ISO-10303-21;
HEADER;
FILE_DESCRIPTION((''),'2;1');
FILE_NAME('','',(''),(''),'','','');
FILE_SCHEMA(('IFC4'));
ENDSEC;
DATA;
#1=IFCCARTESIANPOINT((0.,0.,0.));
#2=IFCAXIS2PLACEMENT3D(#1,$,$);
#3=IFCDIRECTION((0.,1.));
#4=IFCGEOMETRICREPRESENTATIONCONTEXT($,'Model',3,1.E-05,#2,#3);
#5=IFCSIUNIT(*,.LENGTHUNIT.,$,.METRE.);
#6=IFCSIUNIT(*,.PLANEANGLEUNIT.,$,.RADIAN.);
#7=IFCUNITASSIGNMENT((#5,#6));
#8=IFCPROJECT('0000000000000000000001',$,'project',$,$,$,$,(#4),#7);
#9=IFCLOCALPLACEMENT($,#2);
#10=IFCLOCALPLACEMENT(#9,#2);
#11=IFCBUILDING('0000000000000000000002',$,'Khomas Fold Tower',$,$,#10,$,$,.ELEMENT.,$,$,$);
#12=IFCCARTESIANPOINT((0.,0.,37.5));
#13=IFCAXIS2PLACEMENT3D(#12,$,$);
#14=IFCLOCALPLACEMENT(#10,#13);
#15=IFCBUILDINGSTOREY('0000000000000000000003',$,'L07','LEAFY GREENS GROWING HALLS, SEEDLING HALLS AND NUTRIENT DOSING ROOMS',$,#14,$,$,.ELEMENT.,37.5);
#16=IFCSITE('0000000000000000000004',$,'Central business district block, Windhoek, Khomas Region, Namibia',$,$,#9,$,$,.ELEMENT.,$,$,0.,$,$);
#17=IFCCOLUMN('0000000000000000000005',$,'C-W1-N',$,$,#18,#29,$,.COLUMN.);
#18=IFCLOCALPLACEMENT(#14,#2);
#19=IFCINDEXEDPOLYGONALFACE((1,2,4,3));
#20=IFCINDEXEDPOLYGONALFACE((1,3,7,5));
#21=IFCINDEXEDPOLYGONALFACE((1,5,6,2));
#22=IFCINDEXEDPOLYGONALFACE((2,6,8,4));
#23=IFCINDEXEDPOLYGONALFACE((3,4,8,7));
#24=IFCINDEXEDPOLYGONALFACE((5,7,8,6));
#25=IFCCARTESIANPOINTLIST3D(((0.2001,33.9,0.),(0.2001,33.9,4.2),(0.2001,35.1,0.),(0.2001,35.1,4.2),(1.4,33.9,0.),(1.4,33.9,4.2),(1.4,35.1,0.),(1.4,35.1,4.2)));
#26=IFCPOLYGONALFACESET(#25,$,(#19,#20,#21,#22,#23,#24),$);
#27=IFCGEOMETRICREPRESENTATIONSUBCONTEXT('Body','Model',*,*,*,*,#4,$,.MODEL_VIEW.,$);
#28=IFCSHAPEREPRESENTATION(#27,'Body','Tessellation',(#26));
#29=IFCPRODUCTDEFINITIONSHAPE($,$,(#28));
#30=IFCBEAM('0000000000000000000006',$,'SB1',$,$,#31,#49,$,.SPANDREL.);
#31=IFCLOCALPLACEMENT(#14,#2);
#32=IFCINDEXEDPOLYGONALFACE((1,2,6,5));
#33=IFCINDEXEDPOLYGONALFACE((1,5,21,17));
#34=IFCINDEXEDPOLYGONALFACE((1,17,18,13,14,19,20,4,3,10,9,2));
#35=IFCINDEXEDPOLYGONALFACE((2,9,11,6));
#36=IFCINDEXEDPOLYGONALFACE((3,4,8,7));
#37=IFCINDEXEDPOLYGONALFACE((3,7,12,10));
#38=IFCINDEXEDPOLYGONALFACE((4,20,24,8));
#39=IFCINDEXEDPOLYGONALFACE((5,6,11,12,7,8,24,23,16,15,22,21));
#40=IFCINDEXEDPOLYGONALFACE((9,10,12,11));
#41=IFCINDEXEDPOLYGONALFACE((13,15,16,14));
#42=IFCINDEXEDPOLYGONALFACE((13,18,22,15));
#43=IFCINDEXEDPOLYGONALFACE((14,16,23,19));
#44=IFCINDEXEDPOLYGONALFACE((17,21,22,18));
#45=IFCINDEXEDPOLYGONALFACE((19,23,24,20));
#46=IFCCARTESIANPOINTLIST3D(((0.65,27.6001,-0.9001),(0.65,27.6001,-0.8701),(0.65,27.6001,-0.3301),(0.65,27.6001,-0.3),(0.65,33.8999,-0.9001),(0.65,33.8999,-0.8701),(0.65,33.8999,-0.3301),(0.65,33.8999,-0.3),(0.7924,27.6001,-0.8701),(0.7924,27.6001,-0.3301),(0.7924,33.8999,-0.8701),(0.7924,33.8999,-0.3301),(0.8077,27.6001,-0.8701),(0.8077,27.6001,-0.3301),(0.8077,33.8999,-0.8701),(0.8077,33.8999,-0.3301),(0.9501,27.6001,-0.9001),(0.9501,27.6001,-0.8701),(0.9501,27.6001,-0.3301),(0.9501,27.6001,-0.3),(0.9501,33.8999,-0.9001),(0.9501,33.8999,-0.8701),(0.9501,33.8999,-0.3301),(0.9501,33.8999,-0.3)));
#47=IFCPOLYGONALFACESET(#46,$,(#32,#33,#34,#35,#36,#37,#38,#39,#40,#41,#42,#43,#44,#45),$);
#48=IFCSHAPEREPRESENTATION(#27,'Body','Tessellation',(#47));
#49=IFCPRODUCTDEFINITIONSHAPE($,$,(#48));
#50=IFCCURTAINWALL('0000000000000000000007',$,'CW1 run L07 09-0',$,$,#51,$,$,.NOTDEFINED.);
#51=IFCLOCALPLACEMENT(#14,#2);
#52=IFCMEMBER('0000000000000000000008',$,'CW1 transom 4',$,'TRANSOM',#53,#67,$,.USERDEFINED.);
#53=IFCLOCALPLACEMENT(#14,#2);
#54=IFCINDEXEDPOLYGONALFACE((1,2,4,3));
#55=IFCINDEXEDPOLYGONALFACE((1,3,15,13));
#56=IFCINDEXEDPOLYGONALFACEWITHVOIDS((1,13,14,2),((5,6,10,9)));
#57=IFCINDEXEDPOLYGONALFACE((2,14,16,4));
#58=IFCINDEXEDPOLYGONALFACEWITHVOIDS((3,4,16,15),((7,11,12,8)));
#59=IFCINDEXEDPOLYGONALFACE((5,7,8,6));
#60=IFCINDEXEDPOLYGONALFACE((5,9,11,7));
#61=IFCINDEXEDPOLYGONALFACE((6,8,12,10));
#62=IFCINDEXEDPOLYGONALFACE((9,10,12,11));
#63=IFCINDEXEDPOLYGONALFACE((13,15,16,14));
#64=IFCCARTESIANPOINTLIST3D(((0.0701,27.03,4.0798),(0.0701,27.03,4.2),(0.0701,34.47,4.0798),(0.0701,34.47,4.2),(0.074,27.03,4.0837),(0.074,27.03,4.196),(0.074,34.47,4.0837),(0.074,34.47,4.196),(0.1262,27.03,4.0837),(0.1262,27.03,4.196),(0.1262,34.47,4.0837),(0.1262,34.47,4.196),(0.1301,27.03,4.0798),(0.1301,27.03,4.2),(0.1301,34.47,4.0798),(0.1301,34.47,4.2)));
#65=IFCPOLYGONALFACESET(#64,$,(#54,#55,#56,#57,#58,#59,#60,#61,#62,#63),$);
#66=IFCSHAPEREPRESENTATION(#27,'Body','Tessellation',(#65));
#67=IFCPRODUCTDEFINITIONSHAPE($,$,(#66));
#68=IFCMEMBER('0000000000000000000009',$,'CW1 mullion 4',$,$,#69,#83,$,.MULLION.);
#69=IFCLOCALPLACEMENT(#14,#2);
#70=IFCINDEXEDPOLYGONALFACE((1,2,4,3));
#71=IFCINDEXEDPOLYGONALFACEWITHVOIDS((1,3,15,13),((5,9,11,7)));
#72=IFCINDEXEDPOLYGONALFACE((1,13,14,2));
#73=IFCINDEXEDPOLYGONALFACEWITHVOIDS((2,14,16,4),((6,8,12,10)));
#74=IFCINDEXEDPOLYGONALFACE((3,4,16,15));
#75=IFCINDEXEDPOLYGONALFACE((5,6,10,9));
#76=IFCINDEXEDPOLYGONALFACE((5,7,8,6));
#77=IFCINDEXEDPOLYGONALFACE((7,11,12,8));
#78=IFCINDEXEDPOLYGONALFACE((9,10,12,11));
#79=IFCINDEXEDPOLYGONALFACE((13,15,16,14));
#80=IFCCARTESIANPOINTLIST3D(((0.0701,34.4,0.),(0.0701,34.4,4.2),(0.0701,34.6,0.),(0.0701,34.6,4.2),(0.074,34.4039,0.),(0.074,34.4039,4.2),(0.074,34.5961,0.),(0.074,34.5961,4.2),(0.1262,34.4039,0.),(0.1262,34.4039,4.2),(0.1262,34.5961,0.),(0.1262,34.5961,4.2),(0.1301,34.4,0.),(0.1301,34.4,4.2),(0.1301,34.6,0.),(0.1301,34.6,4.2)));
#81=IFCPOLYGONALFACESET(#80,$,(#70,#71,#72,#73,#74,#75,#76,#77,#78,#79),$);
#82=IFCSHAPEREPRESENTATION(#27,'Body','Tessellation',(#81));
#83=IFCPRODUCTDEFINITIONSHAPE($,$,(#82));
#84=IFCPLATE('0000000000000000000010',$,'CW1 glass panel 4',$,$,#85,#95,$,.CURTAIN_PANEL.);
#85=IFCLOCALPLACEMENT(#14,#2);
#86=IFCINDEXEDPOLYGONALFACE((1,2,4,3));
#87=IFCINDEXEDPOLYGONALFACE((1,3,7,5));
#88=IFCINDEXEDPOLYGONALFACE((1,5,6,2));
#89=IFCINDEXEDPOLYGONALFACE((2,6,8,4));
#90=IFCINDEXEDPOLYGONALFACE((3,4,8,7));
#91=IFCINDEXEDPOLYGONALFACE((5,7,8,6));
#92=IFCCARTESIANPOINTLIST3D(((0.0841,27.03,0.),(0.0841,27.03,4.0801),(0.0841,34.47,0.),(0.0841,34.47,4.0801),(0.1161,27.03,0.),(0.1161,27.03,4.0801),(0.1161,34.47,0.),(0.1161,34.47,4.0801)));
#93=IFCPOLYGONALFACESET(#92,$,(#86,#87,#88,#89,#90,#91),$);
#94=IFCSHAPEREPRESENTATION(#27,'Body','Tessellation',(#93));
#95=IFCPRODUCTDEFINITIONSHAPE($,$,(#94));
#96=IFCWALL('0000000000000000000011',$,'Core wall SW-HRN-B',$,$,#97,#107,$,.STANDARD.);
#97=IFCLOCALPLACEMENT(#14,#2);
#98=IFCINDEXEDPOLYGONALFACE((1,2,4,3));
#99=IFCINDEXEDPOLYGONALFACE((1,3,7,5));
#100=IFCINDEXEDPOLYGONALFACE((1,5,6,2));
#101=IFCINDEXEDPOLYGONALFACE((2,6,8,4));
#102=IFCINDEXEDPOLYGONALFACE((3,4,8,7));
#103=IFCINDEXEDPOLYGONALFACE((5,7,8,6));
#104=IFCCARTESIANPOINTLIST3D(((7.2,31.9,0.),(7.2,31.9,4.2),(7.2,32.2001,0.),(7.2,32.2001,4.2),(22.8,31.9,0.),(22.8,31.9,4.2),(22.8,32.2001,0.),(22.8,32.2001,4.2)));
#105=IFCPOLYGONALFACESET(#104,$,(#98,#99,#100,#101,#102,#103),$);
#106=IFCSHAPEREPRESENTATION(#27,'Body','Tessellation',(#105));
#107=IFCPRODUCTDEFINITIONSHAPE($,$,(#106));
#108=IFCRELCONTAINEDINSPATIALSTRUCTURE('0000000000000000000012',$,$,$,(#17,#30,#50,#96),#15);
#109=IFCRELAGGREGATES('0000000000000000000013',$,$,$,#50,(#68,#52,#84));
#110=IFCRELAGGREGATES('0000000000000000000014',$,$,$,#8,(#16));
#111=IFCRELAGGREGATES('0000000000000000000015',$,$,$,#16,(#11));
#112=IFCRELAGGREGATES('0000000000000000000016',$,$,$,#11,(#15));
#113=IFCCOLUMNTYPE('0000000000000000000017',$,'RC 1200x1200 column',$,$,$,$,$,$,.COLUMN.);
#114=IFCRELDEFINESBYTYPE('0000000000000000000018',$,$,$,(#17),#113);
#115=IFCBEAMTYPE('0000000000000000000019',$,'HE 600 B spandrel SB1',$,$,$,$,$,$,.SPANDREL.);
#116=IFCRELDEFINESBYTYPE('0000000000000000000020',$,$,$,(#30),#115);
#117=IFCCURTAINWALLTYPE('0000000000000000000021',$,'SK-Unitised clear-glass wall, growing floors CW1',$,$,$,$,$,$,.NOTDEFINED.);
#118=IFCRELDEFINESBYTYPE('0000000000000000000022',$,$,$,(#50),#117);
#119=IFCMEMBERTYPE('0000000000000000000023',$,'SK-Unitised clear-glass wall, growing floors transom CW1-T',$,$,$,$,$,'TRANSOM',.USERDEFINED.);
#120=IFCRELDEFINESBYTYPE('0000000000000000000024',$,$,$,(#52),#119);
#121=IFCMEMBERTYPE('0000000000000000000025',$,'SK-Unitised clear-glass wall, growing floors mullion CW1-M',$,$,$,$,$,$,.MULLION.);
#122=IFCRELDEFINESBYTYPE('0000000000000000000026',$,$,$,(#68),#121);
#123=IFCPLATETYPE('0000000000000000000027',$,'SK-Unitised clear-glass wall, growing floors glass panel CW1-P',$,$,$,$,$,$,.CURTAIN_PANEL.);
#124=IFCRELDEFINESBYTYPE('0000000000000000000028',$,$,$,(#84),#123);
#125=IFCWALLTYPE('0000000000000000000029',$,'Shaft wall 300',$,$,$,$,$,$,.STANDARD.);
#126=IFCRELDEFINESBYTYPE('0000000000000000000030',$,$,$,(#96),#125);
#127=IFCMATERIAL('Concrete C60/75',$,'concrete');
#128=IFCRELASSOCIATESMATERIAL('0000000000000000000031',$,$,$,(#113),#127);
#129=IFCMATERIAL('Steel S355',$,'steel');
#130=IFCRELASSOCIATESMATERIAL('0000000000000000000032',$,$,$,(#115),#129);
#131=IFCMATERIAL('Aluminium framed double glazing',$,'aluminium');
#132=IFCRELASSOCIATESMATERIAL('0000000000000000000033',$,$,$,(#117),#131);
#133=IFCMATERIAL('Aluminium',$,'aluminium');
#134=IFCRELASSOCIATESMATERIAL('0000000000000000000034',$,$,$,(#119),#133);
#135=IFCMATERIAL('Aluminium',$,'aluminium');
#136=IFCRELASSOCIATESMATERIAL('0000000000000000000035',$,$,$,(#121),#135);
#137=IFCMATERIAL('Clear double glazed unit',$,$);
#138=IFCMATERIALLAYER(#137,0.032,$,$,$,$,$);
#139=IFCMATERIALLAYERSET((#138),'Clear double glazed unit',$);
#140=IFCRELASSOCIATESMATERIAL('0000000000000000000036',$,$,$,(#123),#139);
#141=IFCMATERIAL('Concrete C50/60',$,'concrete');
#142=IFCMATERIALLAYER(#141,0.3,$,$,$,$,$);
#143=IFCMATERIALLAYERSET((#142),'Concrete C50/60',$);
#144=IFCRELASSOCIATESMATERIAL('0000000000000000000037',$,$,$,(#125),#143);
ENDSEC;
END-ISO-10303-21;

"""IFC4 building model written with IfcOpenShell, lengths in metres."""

from ifc_helpers import new_model, si_unit, direction, frame, frame_2d, origin, origin_2d, place, context, subcontext, project, spatial, rectangle, hollow_rectangle, i_section, extrude, source, transform, mapped, material, layer, layer_set, material_profile, profile_set, type_object, element, aggregate, save


model = new_model("IFC4")

# Units and contexts
model_context = context("Model", 3, precision=1e-05, world=origin(), true_north=direction((0.0, 1.0)))
body_context = subcontext(model_context, "Body", "Model", "MODEL_VIEW")
ifc_project = project(units=[si_unit("LENGTHUNIT", "METRE"), si_unit("PLANEANGLEUNIT", "RADIAN")], contexts=[model_context])

# Site, building, storey
site_placement = place(None, origin())
site = spatial("IfcSite", under=ifc_project, at=site_placement, Name="Central business district block, Windhoek, Khomas Region, Namibia", CompositionType="ELEMENT", RefElevation=0.0)
building_placement = place(site_placement, origin())
building = spatial("IfcBuilding", under=site, at=building_placement, Name="Khomas Fold Tower", CompositionType="ELEMENT")
storey_placement = place(building_placement, frame((0.0, 0.0, 37.5)))
storey = spatial("IfcBuildingStorey", under=building, at=storey_placement, Name="L07", Description="LEAFY GREENS GROWING HALLS, SEEDLING HALLS AND NUTRIENT DOSING ROOMS", CompositionType="ELEMENT", Elevation=37.5)

# Column
ifc_material_1 = material(Name="Concrete C60/75", Category="concrete")
ifc_material_profile_1 = material_profile(ifc_material_1, rectangle(XDim=1.2, YDim=1.2, at=origin_2d()), Name="RC 1200x1200")
ifc_profile_set_1 = profile_set([ifc_material_profile_1], Name="Concrete C60/75")
column_type = type_object("IfcColumnType", Name="RC 1200x1200 column", PredefinedType="COLUMN", material=ifc_profile_set_1)
shared_shape_1 = source(origin(), body_context, "Body", "SweptSolid", [
    extrude(rectangle(XDim=1.2, YDim=1.2, at=origin_2d()), origin(), (0.0, 0.0, 1.0), 4.2),
])
column_placement = place(storey_placement, frame((0.8, 34.5, 0.0), z_axis=(0.0, 0.0, 1.0), x_axis=(1.0, 0.0, 0.0)))
element("IfcColumn", 1, at=column_placement, inside=storey, type_object=column_type, Name="C-W1-N", PredefinedType="COLUMN", context=body_context, shape_type="MappedRepresentation", body=[
    mapped(shared_shape_1, transform((0.0, 0.0, 0.0))),
])

# Beam
ifc_material_2 = material(Name="Steel S355", Category="steel")
ifc_material_profile_2 = material_profile(ifc_material_2, i_section(OverallWidth=0.3, OverallDepth=0.6001, WebThickness=0.0154, FlangeThickness=0.03, at=origin_2d()), Name="HE 600 B")
ifc_profile_set_2 = profile_set([ifc_material_profile_2], Name="Steel S355")
beam_type = type_object("IfcBeamType", Name="HE 600 B spandrel SB1", PredefinedType="SPANDREL", material=ifc_profile_set_2)
shared_shape_2 = source(origin(), body_context, "Body", "SweptSolid", [
    extrude(i_section(OverallWidth=0.3, OverallDepth=0.6001, WebThickness=0.0154, FlangeThickness=0.03, at=origin_2d()), origin(), (0.0, 0.0, 1.0), 6.2998),
])
beam_placement = place(storey_placement, frame((0.8, 27.6001, -0.6001), z_axis=(0.0, 1.0, 0.0), x_axis=(-1.0, 0.0, 0.0)))
element("IfcBeam", 2, at=beam_placement, inside=storey, type_object=beam_type, Name="SB1", PredefinedType="SPANDREL", context=body_context, shape_type="MappedRepresentation", body=[
    mapped(shared_shape_2, transform((0.0, 0.0, 0.0))),
])

# Curtain wall, members, plate
ifc_material_3 = material(Name="Aluminium framed double glazing", Category="aluminium")
curtain_wall_type = type_object("IfcCurtainWallType", Name="SK-Unitised clear-glass wall, growing floors CW1", PredefinedType="NOTDEFINED", material=ifc_material_3)
curtain_wall_placement = place(storey_placement, origin())
curtain_wall = element("IfcCurtainWall", 3, at=curtain_wall_placement, inside=storey, type_object=curtain_wall_type, Name="CW1 run L07 09-0", PredefinedType="NOTDEFINED")
ifc_material_4 = material(Name="Aluminium", Category="aluminium")
ifc_material_profile_3 = material_profile(ifc_material_4, hollow_rectangle(XDim=0.0601, YDim=0.1201, WallThickness=0.0039, at=origin_2d()), Name="SK-Unitised clear-glass wall, growing floors transom CW1-T")
ifc_profile_set_3 = profile_set([ifc_material_profile_3], Name="Aluminium")
member_type_1 = type_object("IfcMemberType", Name="SK-Unitised clear-glass wall, growing floors transom CW1-T", ElementType="TRANSOM", PredefinedType="USERDEFINED", material=ifc_profile_set_3)
shared_shape_3 = source(origin(), body_context, "Body", "SweptSolid", [
    extrude(hollow_rectangle(XDim=0.0601, YDim=0.1201, WallThickness=0.0039, at=origin_2d()), origin(), (0.0, 0.0, 1.0), 7.4399),
])
member_1_placement = place(storey_placement, frame((0.1001, 34.47, 4.1399), z_axis=(0.0, -1.0, 0.0), x_axis=(1.0, 0.0, 0.0)))
member_1 = element("IfcMember", 4, at=member_1_placement, type_object=member_type_1, Name="CW1 transom 4", ObjectType="TRANSOM", PredefinedType="USERDEFINED", context=body_context, shape_type="MappedRepresentation", body=[
    mapped(shared_shape_3, transform((0.0, 0.0, 0.0))),
])
ifc_material_5 = material(Name="Aluminium", Category="aluminium")
ifc_material_profile_4 = material_profile(ifc_material_5, hollow_rectangle(XDim=0.0601, YDim=0.2, WallThickness=0.0039, at=origin_2d()), Name="SK-Unitised clear-glass wall, growing floors mullion CW1-M")
ifc_profile_set_4 = profile_set([ifc_material_profile_4], Name="Aluminium")
member_type_2 = type_object("IfcMemberType", Name="SK-Unitised clear-glass wall, growing floors mullion CW1-M", PredefinedType="MULLION", material=ifc_profile_set_4)
shared_shape_4 = source(origin(), body_context, "Body", "SweptSolid", [
    extrude(hollow_rectangle(XDim=0.0601, YDim=0.2, WallThickness=0.0039, at=origin_2d()), origin(), (0.0, 0.0, 1.0), 4.2),
])
member_2_placement = place(storey_placement, frame((0.1001, 34.5, 0.0), z_axis=(0.0, 0.0, 1.0), x_axis=(1.0, 0.0, 0.0)))
member_2 = element("IfcMember", 5, at=member_2_placement, type_object=member_type_2, Name="CW1 mullion 4", PredefinedType="MULLION", context=body_context, shape_type="MappedRepresentation", body=[
    mapped(shared_shape_4, transform((0.0, 0.0, 0.0))),
])
ifc_material_6 = material(Name="Clear double glazed unit")
ifc_layer_1 = layer(ifc_material_6, 0.032)
ifc_layer_set_1 = layer_set([ifc_layer_1], Name="Clear double glazed unit")
plate_type = type_object("IfcPlateType", Name="SK-Unitised clear-glass wall, growing floors glass panel CW1-P", PredefinedType="CURTAIN_PANEL", material=ifc_layer_set_1)
shared_shape_5 = source(origin(), body_context, "Body", "SweptSolid", [
    extrude(rectangle(XDim=7.4399, YDim=0.032, at=origin_2d()), origin(), (0.0, 0.0, 1.0), 4.0801),
])
plate_placement = place(storey_placement, frame((0.1001, 30.75, 0.0), z_axis=(0.0, 0.0, 1.0), x_axis=(0.0, -1.0, 0.0)))
plate = element("IfcPlate", 6, at=plate_placement, type_object=plate_type, Name="CW1 glass panel 4", PredefinedType="CURTAIN_PANEL", context=body_context, shape_type="MappedRepresentation", body=[
    mapped(shared_shape_5, transform((0.0, 0.0, 0.0))),
])
aggregate(curtain_wall, [member_2, member_1, plate])

# Wall
ifc_material_7 = material(Name="Concrete C50/60", Category="concrete")
ifc_layer_2 = layer(ifc_material_7, 0.3)
ifc_layer_set_2 = layer_set([ifc_layer_2], Name="Concrete C50/60")
wall_type_1 = type_object("IfcWallType", Name="Shaft wall 300", PredefinedType="STANDARD", material=ifc_layer_set_2)
shared_shape_6 = source(origin(), body_context, "Body", "SweptSolid", [
    extrude(rectangle(XDim=15.6001, YDim=0.3, at=frame_2d((7.8, 0.0))), origin(), (0.0, 0.0, 1.0), 4.2),
])
wall_1_placement = place(storey_placement, frame((7.2, 32.05, 0.0), z_axis=(0.0, 0.0, 1.0), x_axis=(1.0, 0.0, 0.0)))
element("IfcWall", 7, at=wall_1_placement, inside=storey, type_object=wall_type_1, Name="Core wall SW-HRN-B", PredefinedType="STANDARD", context=body_context, shape_type="MappedRepresentation", body=[
    mapped(shared_shape_6, transform((0.0, 0.0, 0.0))),
])

save(model, "model.ifc")
